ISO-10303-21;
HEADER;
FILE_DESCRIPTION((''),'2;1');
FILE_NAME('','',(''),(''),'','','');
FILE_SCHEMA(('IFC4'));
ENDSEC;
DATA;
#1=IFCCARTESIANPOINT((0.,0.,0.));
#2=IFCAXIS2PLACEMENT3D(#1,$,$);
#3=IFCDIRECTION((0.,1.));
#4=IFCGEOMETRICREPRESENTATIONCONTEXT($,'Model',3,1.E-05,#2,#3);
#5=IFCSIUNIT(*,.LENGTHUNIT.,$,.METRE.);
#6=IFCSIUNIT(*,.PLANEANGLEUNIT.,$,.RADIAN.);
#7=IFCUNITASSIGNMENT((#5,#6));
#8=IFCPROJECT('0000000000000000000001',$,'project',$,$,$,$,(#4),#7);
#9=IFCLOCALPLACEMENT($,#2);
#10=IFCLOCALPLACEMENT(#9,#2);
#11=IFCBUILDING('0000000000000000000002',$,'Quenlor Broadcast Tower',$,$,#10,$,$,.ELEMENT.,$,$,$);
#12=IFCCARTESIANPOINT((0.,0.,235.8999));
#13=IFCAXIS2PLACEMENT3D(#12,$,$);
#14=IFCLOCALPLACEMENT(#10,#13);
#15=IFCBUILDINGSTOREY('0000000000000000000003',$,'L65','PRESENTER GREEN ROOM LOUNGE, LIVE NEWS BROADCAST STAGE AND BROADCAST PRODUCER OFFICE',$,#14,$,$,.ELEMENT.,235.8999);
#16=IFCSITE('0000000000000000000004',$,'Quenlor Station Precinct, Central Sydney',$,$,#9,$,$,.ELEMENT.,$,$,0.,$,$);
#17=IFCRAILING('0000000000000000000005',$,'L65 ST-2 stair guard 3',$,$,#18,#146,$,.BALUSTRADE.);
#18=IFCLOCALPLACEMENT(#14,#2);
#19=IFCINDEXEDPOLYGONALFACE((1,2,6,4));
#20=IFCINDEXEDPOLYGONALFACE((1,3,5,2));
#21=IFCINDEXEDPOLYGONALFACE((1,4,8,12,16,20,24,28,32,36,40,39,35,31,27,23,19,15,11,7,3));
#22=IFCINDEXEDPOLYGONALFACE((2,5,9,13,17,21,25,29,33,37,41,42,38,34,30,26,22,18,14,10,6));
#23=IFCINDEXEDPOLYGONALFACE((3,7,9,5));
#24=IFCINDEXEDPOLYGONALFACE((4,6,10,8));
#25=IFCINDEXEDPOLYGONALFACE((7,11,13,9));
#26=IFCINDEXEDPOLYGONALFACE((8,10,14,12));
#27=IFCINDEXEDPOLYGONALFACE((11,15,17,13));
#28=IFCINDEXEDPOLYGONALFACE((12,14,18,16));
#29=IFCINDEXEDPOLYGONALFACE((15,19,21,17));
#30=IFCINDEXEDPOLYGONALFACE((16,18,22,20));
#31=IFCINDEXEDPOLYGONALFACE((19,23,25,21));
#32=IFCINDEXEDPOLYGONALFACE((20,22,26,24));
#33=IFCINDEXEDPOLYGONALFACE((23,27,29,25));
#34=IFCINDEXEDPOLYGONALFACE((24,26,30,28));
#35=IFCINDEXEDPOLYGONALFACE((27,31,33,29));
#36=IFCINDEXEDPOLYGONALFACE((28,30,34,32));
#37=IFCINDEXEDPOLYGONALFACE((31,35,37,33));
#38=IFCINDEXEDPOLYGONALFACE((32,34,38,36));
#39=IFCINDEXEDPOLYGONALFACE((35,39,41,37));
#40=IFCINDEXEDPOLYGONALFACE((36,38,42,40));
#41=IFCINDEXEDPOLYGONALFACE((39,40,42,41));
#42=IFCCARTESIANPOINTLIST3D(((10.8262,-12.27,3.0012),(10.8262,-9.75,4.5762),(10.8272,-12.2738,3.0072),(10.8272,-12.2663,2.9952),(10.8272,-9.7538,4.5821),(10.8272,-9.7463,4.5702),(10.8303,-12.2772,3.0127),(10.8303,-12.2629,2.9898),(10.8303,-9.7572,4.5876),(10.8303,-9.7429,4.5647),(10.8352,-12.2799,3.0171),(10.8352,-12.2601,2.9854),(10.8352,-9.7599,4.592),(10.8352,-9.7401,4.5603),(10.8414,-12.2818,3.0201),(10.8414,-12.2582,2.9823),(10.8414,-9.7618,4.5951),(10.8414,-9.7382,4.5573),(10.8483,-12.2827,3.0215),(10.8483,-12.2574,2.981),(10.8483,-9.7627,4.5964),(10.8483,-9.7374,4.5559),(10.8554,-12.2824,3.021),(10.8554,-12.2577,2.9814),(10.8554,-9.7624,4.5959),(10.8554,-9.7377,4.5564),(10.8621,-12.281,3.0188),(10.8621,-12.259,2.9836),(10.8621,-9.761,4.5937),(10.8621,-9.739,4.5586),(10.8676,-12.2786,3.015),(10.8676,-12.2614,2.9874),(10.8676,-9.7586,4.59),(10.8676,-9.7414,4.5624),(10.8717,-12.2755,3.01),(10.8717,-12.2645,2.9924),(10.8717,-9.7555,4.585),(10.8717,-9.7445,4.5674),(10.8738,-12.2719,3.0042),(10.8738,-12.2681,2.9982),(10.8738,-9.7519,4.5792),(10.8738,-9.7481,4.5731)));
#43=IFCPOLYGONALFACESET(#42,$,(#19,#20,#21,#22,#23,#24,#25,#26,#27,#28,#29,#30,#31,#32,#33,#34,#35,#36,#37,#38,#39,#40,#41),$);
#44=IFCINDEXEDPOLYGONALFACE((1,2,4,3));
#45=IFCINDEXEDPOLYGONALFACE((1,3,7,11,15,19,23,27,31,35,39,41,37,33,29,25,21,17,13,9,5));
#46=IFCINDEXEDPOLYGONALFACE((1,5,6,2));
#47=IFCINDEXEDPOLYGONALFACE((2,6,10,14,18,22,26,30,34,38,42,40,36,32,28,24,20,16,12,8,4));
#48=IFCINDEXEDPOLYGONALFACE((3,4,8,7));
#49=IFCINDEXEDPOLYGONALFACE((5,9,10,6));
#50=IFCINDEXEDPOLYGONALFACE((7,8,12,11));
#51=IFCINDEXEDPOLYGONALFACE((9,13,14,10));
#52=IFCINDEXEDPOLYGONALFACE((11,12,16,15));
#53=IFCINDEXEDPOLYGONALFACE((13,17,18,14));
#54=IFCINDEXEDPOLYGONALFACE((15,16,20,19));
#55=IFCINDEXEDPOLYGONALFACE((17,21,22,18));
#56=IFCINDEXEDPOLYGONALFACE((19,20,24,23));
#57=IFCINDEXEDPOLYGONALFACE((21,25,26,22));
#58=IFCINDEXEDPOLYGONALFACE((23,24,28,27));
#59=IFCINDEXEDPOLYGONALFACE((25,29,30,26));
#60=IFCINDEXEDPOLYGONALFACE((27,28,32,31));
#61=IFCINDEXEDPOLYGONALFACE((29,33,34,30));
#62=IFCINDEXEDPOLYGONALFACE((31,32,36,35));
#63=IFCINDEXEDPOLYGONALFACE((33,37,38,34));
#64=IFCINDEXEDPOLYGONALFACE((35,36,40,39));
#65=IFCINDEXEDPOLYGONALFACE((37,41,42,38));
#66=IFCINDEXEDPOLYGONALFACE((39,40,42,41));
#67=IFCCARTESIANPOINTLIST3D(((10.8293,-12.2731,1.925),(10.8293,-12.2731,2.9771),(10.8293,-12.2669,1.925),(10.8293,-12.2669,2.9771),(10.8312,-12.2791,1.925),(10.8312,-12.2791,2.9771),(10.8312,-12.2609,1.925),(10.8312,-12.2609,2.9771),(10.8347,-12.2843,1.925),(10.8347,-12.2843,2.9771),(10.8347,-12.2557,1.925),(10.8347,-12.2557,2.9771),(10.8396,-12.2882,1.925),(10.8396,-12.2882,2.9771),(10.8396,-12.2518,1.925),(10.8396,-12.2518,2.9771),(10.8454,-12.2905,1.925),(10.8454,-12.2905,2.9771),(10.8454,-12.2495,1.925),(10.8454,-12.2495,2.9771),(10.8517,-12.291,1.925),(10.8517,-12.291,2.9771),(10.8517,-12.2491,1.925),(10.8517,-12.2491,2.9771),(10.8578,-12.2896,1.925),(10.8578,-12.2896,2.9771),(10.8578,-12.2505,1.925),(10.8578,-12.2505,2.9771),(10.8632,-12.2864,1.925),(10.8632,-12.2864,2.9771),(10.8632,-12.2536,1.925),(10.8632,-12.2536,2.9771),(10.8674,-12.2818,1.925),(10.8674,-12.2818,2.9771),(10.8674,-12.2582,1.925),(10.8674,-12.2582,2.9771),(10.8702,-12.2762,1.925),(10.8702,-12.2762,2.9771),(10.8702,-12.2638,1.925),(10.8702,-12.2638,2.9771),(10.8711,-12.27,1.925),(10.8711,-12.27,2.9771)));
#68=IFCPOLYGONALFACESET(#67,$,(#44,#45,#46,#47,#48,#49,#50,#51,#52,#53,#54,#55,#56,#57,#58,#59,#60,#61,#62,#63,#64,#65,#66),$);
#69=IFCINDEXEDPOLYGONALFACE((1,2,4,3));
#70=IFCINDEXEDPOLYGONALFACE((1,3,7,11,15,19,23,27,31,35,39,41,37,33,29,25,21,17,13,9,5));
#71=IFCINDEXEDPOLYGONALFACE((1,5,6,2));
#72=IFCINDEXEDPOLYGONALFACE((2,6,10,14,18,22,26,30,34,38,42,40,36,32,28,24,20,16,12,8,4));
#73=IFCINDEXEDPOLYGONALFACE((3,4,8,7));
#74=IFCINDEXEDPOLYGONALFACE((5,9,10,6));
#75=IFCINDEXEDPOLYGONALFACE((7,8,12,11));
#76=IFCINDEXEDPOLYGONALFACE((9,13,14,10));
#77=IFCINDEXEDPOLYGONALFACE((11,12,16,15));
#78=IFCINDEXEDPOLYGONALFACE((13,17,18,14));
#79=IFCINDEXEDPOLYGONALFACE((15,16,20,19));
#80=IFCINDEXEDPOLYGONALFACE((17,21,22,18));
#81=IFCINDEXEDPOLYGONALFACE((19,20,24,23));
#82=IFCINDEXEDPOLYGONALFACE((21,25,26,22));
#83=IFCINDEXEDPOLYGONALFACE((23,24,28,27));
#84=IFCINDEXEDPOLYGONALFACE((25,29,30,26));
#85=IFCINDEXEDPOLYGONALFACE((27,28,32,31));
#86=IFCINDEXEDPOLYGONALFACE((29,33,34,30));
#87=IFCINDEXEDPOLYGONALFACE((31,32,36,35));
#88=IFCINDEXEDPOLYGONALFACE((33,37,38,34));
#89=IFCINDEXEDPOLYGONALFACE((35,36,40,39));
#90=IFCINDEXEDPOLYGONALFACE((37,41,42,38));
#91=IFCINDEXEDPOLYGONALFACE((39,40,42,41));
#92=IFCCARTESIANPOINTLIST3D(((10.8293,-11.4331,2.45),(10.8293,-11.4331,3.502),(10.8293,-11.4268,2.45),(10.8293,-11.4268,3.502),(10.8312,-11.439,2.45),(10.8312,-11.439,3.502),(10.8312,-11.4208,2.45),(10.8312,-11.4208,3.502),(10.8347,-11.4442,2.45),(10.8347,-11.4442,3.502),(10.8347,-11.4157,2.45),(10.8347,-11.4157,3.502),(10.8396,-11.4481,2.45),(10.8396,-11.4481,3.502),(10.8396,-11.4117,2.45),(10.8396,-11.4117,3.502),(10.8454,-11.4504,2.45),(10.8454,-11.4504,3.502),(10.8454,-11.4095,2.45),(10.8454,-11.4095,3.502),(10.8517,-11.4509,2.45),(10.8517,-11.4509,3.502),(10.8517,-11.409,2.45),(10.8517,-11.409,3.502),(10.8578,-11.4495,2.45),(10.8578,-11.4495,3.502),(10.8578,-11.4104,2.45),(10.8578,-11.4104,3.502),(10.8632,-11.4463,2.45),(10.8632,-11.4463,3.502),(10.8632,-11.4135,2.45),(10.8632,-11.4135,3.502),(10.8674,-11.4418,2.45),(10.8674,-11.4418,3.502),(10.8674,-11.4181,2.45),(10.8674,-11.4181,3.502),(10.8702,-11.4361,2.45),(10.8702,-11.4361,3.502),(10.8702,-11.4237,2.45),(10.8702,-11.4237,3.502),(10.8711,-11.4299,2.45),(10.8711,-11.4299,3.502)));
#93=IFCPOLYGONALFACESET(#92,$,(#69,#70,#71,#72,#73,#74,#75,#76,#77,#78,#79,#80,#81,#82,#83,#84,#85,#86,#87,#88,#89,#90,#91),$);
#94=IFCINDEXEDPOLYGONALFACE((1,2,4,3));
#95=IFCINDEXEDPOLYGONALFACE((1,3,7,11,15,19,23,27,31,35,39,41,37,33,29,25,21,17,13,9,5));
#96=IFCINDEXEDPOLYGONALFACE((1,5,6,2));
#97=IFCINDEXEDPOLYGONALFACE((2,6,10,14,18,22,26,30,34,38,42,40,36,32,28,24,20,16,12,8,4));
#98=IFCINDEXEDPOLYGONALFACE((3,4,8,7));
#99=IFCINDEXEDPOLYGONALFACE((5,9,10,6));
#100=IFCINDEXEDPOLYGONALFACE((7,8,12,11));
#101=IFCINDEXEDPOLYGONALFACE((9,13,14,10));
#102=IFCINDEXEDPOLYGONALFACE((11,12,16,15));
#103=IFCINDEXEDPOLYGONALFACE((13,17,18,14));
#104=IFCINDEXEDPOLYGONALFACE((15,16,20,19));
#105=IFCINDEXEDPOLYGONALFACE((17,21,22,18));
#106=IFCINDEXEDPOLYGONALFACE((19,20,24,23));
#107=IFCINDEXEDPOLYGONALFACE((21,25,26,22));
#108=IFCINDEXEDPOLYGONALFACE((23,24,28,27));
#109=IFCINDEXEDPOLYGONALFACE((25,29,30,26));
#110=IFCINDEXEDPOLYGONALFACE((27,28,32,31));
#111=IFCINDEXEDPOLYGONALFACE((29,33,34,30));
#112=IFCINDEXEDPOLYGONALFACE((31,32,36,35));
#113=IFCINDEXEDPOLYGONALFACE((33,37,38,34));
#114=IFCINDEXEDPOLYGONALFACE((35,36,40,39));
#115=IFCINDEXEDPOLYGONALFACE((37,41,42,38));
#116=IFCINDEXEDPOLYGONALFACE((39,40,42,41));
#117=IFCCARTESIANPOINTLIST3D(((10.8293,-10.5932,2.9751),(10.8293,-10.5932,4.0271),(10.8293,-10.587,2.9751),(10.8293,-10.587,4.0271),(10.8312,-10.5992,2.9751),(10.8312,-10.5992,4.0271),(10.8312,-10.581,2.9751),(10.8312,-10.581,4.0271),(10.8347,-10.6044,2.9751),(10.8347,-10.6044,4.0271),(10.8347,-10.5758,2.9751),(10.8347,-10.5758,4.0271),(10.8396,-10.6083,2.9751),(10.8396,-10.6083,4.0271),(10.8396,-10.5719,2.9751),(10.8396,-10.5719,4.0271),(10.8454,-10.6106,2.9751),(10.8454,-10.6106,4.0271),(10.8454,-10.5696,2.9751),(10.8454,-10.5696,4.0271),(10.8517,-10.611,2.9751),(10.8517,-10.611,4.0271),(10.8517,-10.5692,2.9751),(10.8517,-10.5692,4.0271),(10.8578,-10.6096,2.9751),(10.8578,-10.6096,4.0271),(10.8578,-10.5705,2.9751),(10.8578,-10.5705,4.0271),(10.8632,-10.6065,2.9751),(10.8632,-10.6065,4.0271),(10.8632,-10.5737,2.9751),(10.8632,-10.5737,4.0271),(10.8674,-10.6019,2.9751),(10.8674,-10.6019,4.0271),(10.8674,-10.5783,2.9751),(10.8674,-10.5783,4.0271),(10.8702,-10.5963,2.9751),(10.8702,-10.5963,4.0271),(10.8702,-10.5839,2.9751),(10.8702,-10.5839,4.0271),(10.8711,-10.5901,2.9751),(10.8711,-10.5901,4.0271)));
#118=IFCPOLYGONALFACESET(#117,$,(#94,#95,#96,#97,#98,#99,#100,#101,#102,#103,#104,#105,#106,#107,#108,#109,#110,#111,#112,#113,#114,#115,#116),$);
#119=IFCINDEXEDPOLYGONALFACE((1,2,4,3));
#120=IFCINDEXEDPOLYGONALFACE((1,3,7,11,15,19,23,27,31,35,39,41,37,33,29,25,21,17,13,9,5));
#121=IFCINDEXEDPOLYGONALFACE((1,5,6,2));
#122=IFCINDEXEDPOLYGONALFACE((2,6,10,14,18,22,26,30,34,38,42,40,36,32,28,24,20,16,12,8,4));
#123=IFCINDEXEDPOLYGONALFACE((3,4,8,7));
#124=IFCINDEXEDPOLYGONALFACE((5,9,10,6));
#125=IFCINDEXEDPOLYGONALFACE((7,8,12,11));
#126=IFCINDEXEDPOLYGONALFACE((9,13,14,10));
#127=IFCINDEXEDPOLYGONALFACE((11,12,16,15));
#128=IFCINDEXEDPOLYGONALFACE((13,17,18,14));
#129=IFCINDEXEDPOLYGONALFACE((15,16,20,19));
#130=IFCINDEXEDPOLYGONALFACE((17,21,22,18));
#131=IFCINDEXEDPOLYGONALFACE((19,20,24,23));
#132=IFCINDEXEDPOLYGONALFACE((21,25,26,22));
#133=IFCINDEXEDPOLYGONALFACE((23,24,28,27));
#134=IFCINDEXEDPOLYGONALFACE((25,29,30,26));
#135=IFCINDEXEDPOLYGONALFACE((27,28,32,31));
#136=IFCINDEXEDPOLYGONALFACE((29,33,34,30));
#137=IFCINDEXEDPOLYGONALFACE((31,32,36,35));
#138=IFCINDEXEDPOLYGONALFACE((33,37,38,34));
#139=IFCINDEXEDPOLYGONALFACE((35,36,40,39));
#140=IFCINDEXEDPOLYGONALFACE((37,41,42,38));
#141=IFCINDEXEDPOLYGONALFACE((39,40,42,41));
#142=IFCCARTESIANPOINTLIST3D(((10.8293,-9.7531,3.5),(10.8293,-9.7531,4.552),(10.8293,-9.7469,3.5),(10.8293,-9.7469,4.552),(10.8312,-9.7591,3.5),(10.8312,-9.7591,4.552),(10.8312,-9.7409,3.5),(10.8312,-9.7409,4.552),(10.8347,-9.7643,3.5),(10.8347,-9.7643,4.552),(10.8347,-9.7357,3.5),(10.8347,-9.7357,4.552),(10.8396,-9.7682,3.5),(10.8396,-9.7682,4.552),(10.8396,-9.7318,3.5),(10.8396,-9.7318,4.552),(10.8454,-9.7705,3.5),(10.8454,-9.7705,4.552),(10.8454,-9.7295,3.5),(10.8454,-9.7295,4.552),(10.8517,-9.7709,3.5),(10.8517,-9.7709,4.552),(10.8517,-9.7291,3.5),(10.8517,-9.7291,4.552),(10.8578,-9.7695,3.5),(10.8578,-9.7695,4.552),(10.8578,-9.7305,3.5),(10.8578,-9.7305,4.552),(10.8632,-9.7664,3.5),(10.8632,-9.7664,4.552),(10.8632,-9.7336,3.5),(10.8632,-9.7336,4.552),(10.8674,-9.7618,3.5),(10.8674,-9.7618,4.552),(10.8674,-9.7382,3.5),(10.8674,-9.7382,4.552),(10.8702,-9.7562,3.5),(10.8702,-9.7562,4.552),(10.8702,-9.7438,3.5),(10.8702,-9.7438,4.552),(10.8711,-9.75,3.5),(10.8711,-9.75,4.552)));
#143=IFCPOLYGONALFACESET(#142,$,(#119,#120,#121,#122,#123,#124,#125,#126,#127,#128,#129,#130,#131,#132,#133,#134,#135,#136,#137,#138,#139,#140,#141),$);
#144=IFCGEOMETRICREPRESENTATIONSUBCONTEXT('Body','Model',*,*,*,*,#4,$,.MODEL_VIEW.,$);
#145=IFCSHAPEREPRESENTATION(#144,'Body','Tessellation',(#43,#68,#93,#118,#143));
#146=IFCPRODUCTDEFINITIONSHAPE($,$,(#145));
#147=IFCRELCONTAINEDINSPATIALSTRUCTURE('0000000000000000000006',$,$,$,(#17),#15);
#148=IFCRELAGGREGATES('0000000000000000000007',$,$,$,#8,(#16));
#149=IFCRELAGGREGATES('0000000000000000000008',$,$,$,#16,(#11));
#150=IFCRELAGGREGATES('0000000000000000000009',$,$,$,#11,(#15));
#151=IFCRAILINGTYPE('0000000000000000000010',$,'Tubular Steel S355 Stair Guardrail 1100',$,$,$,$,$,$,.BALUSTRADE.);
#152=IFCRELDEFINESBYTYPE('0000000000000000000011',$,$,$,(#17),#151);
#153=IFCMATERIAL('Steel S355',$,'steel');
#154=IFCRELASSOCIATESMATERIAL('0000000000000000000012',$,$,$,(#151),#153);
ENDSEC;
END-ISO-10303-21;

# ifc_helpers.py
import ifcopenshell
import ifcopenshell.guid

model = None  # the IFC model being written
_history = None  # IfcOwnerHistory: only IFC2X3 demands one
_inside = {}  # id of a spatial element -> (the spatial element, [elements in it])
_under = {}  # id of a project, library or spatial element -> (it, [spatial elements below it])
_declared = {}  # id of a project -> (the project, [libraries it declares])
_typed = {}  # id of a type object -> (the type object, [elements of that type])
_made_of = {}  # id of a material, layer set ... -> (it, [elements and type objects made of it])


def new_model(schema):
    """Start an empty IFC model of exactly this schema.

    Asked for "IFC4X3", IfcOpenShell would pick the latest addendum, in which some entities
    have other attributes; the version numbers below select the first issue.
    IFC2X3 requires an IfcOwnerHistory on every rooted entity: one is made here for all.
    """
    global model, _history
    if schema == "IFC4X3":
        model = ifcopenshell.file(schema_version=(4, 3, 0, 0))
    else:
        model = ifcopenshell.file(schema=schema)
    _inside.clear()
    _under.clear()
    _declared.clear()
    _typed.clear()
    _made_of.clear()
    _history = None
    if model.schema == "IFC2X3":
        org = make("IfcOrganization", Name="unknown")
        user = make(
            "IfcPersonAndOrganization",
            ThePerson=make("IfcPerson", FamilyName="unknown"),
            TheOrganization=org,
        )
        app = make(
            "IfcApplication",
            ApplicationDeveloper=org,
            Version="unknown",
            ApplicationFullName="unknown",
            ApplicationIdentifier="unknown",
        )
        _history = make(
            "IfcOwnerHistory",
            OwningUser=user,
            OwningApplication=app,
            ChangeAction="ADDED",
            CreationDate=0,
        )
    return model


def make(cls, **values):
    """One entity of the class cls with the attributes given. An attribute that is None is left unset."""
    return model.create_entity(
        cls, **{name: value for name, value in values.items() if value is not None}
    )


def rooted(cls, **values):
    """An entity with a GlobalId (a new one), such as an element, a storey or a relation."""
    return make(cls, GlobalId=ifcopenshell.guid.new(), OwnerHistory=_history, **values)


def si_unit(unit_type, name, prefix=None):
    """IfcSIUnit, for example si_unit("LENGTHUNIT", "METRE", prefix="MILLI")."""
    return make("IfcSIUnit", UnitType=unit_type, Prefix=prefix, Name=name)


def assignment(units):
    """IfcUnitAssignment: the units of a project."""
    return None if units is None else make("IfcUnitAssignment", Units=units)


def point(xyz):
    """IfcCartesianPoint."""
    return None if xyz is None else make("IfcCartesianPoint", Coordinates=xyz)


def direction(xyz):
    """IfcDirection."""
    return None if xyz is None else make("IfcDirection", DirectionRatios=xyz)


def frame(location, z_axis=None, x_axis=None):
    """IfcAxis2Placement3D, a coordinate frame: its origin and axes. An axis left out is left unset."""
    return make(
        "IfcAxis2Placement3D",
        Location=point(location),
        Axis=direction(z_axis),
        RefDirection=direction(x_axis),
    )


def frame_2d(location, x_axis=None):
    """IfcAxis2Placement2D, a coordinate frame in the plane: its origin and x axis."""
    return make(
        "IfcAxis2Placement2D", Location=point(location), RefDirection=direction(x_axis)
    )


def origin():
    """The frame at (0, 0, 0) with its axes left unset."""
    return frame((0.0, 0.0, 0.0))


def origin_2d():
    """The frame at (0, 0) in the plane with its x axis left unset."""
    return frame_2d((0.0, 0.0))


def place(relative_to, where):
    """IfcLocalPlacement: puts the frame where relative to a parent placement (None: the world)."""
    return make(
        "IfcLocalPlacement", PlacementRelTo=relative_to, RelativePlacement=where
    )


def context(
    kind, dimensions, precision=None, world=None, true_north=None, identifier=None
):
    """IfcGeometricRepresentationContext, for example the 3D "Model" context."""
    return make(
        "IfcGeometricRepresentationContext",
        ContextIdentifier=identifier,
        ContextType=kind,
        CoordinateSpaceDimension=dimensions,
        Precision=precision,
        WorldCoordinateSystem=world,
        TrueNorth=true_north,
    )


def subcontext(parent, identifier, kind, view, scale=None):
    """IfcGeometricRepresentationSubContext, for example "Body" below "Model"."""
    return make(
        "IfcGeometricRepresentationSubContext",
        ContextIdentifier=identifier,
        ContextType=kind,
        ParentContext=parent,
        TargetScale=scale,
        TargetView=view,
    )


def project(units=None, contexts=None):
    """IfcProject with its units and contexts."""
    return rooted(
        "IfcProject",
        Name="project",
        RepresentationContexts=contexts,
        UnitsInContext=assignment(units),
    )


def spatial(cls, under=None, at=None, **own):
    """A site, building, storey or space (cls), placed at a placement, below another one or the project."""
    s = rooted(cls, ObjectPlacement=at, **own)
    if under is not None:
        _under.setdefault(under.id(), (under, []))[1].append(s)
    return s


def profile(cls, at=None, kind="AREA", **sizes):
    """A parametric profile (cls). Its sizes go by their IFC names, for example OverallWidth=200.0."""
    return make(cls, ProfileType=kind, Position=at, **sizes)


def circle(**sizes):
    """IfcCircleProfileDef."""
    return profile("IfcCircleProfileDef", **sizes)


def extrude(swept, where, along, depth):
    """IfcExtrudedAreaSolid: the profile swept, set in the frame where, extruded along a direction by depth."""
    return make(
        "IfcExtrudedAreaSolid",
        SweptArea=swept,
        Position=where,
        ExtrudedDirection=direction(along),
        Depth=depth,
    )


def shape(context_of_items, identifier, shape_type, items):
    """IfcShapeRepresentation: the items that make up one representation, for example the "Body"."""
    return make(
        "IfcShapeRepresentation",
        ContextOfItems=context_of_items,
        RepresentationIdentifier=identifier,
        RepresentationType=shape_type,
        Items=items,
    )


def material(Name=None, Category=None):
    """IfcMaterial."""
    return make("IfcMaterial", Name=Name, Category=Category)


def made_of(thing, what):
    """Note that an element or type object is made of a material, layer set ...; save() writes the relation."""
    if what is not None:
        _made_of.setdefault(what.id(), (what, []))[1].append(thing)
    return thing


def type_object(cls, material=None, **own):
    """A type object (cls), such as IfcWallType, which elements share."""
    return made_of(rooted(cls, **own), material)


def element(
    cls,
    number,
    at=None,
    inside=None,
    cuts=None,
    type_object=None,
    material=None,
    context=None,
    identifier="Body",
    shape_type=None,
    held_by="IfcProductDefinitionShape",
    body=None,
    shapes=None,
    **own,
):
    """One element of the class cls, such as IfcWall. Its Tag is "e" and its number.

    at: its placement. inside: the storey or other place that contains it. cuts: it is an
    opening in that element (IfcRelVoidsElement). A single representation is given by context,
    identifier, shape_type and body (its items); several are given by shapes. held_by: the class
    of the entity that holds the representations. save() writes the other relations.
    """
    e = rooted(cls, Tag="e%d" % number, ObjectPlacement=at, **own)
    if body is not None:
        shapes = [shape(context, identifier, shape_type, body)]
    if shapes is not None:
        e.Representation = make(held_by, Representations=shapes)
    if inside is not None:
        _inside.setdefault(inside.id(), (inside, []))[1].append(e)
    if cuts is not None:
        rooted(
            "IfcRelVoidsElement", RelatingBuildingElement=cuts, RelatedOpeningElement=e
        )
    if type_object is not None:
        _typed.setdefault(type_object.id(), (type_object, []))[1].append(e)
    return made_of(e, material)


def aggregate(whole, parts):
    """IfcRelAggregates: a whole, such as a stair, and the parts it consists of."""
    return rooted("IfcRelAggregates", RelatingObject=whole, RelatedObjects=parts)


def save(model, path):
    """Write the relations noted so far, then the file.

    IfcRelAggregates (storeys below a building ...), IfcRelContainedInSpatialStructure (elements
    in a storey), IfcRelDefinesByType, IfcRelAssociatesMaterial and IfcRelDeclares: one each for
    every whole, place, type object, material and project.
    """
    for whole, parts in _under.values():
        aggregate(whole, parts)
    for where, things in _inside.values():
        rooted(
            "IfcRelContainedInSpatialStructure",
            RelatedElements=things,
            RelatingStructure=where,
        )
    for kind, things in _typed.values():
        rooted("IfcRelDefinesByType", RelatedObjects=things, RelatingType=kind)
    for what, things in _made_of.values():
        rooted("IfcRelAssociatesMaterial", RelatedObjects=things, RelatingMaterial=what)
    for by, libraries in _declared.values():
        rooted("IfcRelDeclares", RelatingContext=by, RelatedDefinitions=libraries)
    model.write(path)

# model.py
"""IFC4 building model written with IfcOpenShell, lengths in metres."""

from ifc_helpers import new_model, si_unit, direction, frame, origin, origin_2d, place, context, subcontext, project, spatial, circle, extrude, material, type_object, element, save


model = new_model("IFC4")

# Units and contexts
model_context = context("Model", 3, precision=1e-05, world=origin(), true_north=direction((0.0, 1.0)))
body_context = subcontext(model_context, "Body", "Model", "MODEL_VIEW")
ifc_project = project(units=[si_unit("LENGTHUNIT", "METRE"), si_unit("PLANEANGLEUNIT", "RADIAN")], contexts=[model_context])

# Site, building, storey
site_placement = place(None, origin())
site = spatial("IfcSite", under=ifc_project, at=site_placement, Name="Quenlor Station Precinct, Central Sydney", CompositionType="ELEMENT", RefElevation=0.0)
building_placement = place(site_placement, origin())
building = spatial("IfcBuilding", under=site, at=building_placement, Name="Quenlor Broadcast Tower", CompositionType="ELEMENT")
storey_placement = place(building_placement, frame((0.0, 0.0, 235.8999)))
storey = spatial("IfcBuildingStorey", under=building, at=storey_placement, Name="L65", Description="PRESENTER GREEN ROOM LOUNGE, LIVE NEWS BROADCAST STAGE AND BROADCAST PRODUCER OFFICE", CompositionType="ELEMENT", Elevation=235.8999)

# Railing
ifc_material_1 = material(Name="Steel S355", Category="steel")
railing_type_1 = type_object("IfcRailingType", Name="Tubular Steel S355 Stair Guardrail 1100", PredefinedType="BALUSTRADE", material=ifc_material_1)
railing_1_placement = place(storey_placement, frame((10.8501, -12.27, 1.925)))
element("IfcRailing", 1, at=railing_1_placement, inside=storey, type_object=railing_type_1, Name="L65 ST-2 stair guard 3", PredefinedType="BALUSTRADE", context=body_context, shape_type="SweptSolid", body=[
    extrude(circle(Radius=0.0239, at=origin_2d()), frame((0.0, 0.0, 1.0762), z_axis=(0.0, 0.848008, 0.529984), x_axis=(-1.0, 0.0, 0.0)), (0.0, 0.0, 1.0), 2.9717),
    extrude(circle(Radius=0.021, at=origin_2d()), origin(), (0.0, 0.0, 1.0), 1.052),
    extrude(circle(Radius=0.021, at=origin_2d()), frame((0.0, 0.8401, 0.5249)), (0.0, 0.0, 1.0), 1.052),
    extrude(circle(Radius=0.021, at=origin_2d()), frame((0.0, 1.6799, 1.05)), (0.0, 0.0, 1.0), 1.052),
    extrude(circle(Radius=0.021, at=origin_2d()), frame((0.0, 2.52, 1.575)), (0.0, 0.0, 1.0), 1.052),
])

save(model, "model.ifc")
